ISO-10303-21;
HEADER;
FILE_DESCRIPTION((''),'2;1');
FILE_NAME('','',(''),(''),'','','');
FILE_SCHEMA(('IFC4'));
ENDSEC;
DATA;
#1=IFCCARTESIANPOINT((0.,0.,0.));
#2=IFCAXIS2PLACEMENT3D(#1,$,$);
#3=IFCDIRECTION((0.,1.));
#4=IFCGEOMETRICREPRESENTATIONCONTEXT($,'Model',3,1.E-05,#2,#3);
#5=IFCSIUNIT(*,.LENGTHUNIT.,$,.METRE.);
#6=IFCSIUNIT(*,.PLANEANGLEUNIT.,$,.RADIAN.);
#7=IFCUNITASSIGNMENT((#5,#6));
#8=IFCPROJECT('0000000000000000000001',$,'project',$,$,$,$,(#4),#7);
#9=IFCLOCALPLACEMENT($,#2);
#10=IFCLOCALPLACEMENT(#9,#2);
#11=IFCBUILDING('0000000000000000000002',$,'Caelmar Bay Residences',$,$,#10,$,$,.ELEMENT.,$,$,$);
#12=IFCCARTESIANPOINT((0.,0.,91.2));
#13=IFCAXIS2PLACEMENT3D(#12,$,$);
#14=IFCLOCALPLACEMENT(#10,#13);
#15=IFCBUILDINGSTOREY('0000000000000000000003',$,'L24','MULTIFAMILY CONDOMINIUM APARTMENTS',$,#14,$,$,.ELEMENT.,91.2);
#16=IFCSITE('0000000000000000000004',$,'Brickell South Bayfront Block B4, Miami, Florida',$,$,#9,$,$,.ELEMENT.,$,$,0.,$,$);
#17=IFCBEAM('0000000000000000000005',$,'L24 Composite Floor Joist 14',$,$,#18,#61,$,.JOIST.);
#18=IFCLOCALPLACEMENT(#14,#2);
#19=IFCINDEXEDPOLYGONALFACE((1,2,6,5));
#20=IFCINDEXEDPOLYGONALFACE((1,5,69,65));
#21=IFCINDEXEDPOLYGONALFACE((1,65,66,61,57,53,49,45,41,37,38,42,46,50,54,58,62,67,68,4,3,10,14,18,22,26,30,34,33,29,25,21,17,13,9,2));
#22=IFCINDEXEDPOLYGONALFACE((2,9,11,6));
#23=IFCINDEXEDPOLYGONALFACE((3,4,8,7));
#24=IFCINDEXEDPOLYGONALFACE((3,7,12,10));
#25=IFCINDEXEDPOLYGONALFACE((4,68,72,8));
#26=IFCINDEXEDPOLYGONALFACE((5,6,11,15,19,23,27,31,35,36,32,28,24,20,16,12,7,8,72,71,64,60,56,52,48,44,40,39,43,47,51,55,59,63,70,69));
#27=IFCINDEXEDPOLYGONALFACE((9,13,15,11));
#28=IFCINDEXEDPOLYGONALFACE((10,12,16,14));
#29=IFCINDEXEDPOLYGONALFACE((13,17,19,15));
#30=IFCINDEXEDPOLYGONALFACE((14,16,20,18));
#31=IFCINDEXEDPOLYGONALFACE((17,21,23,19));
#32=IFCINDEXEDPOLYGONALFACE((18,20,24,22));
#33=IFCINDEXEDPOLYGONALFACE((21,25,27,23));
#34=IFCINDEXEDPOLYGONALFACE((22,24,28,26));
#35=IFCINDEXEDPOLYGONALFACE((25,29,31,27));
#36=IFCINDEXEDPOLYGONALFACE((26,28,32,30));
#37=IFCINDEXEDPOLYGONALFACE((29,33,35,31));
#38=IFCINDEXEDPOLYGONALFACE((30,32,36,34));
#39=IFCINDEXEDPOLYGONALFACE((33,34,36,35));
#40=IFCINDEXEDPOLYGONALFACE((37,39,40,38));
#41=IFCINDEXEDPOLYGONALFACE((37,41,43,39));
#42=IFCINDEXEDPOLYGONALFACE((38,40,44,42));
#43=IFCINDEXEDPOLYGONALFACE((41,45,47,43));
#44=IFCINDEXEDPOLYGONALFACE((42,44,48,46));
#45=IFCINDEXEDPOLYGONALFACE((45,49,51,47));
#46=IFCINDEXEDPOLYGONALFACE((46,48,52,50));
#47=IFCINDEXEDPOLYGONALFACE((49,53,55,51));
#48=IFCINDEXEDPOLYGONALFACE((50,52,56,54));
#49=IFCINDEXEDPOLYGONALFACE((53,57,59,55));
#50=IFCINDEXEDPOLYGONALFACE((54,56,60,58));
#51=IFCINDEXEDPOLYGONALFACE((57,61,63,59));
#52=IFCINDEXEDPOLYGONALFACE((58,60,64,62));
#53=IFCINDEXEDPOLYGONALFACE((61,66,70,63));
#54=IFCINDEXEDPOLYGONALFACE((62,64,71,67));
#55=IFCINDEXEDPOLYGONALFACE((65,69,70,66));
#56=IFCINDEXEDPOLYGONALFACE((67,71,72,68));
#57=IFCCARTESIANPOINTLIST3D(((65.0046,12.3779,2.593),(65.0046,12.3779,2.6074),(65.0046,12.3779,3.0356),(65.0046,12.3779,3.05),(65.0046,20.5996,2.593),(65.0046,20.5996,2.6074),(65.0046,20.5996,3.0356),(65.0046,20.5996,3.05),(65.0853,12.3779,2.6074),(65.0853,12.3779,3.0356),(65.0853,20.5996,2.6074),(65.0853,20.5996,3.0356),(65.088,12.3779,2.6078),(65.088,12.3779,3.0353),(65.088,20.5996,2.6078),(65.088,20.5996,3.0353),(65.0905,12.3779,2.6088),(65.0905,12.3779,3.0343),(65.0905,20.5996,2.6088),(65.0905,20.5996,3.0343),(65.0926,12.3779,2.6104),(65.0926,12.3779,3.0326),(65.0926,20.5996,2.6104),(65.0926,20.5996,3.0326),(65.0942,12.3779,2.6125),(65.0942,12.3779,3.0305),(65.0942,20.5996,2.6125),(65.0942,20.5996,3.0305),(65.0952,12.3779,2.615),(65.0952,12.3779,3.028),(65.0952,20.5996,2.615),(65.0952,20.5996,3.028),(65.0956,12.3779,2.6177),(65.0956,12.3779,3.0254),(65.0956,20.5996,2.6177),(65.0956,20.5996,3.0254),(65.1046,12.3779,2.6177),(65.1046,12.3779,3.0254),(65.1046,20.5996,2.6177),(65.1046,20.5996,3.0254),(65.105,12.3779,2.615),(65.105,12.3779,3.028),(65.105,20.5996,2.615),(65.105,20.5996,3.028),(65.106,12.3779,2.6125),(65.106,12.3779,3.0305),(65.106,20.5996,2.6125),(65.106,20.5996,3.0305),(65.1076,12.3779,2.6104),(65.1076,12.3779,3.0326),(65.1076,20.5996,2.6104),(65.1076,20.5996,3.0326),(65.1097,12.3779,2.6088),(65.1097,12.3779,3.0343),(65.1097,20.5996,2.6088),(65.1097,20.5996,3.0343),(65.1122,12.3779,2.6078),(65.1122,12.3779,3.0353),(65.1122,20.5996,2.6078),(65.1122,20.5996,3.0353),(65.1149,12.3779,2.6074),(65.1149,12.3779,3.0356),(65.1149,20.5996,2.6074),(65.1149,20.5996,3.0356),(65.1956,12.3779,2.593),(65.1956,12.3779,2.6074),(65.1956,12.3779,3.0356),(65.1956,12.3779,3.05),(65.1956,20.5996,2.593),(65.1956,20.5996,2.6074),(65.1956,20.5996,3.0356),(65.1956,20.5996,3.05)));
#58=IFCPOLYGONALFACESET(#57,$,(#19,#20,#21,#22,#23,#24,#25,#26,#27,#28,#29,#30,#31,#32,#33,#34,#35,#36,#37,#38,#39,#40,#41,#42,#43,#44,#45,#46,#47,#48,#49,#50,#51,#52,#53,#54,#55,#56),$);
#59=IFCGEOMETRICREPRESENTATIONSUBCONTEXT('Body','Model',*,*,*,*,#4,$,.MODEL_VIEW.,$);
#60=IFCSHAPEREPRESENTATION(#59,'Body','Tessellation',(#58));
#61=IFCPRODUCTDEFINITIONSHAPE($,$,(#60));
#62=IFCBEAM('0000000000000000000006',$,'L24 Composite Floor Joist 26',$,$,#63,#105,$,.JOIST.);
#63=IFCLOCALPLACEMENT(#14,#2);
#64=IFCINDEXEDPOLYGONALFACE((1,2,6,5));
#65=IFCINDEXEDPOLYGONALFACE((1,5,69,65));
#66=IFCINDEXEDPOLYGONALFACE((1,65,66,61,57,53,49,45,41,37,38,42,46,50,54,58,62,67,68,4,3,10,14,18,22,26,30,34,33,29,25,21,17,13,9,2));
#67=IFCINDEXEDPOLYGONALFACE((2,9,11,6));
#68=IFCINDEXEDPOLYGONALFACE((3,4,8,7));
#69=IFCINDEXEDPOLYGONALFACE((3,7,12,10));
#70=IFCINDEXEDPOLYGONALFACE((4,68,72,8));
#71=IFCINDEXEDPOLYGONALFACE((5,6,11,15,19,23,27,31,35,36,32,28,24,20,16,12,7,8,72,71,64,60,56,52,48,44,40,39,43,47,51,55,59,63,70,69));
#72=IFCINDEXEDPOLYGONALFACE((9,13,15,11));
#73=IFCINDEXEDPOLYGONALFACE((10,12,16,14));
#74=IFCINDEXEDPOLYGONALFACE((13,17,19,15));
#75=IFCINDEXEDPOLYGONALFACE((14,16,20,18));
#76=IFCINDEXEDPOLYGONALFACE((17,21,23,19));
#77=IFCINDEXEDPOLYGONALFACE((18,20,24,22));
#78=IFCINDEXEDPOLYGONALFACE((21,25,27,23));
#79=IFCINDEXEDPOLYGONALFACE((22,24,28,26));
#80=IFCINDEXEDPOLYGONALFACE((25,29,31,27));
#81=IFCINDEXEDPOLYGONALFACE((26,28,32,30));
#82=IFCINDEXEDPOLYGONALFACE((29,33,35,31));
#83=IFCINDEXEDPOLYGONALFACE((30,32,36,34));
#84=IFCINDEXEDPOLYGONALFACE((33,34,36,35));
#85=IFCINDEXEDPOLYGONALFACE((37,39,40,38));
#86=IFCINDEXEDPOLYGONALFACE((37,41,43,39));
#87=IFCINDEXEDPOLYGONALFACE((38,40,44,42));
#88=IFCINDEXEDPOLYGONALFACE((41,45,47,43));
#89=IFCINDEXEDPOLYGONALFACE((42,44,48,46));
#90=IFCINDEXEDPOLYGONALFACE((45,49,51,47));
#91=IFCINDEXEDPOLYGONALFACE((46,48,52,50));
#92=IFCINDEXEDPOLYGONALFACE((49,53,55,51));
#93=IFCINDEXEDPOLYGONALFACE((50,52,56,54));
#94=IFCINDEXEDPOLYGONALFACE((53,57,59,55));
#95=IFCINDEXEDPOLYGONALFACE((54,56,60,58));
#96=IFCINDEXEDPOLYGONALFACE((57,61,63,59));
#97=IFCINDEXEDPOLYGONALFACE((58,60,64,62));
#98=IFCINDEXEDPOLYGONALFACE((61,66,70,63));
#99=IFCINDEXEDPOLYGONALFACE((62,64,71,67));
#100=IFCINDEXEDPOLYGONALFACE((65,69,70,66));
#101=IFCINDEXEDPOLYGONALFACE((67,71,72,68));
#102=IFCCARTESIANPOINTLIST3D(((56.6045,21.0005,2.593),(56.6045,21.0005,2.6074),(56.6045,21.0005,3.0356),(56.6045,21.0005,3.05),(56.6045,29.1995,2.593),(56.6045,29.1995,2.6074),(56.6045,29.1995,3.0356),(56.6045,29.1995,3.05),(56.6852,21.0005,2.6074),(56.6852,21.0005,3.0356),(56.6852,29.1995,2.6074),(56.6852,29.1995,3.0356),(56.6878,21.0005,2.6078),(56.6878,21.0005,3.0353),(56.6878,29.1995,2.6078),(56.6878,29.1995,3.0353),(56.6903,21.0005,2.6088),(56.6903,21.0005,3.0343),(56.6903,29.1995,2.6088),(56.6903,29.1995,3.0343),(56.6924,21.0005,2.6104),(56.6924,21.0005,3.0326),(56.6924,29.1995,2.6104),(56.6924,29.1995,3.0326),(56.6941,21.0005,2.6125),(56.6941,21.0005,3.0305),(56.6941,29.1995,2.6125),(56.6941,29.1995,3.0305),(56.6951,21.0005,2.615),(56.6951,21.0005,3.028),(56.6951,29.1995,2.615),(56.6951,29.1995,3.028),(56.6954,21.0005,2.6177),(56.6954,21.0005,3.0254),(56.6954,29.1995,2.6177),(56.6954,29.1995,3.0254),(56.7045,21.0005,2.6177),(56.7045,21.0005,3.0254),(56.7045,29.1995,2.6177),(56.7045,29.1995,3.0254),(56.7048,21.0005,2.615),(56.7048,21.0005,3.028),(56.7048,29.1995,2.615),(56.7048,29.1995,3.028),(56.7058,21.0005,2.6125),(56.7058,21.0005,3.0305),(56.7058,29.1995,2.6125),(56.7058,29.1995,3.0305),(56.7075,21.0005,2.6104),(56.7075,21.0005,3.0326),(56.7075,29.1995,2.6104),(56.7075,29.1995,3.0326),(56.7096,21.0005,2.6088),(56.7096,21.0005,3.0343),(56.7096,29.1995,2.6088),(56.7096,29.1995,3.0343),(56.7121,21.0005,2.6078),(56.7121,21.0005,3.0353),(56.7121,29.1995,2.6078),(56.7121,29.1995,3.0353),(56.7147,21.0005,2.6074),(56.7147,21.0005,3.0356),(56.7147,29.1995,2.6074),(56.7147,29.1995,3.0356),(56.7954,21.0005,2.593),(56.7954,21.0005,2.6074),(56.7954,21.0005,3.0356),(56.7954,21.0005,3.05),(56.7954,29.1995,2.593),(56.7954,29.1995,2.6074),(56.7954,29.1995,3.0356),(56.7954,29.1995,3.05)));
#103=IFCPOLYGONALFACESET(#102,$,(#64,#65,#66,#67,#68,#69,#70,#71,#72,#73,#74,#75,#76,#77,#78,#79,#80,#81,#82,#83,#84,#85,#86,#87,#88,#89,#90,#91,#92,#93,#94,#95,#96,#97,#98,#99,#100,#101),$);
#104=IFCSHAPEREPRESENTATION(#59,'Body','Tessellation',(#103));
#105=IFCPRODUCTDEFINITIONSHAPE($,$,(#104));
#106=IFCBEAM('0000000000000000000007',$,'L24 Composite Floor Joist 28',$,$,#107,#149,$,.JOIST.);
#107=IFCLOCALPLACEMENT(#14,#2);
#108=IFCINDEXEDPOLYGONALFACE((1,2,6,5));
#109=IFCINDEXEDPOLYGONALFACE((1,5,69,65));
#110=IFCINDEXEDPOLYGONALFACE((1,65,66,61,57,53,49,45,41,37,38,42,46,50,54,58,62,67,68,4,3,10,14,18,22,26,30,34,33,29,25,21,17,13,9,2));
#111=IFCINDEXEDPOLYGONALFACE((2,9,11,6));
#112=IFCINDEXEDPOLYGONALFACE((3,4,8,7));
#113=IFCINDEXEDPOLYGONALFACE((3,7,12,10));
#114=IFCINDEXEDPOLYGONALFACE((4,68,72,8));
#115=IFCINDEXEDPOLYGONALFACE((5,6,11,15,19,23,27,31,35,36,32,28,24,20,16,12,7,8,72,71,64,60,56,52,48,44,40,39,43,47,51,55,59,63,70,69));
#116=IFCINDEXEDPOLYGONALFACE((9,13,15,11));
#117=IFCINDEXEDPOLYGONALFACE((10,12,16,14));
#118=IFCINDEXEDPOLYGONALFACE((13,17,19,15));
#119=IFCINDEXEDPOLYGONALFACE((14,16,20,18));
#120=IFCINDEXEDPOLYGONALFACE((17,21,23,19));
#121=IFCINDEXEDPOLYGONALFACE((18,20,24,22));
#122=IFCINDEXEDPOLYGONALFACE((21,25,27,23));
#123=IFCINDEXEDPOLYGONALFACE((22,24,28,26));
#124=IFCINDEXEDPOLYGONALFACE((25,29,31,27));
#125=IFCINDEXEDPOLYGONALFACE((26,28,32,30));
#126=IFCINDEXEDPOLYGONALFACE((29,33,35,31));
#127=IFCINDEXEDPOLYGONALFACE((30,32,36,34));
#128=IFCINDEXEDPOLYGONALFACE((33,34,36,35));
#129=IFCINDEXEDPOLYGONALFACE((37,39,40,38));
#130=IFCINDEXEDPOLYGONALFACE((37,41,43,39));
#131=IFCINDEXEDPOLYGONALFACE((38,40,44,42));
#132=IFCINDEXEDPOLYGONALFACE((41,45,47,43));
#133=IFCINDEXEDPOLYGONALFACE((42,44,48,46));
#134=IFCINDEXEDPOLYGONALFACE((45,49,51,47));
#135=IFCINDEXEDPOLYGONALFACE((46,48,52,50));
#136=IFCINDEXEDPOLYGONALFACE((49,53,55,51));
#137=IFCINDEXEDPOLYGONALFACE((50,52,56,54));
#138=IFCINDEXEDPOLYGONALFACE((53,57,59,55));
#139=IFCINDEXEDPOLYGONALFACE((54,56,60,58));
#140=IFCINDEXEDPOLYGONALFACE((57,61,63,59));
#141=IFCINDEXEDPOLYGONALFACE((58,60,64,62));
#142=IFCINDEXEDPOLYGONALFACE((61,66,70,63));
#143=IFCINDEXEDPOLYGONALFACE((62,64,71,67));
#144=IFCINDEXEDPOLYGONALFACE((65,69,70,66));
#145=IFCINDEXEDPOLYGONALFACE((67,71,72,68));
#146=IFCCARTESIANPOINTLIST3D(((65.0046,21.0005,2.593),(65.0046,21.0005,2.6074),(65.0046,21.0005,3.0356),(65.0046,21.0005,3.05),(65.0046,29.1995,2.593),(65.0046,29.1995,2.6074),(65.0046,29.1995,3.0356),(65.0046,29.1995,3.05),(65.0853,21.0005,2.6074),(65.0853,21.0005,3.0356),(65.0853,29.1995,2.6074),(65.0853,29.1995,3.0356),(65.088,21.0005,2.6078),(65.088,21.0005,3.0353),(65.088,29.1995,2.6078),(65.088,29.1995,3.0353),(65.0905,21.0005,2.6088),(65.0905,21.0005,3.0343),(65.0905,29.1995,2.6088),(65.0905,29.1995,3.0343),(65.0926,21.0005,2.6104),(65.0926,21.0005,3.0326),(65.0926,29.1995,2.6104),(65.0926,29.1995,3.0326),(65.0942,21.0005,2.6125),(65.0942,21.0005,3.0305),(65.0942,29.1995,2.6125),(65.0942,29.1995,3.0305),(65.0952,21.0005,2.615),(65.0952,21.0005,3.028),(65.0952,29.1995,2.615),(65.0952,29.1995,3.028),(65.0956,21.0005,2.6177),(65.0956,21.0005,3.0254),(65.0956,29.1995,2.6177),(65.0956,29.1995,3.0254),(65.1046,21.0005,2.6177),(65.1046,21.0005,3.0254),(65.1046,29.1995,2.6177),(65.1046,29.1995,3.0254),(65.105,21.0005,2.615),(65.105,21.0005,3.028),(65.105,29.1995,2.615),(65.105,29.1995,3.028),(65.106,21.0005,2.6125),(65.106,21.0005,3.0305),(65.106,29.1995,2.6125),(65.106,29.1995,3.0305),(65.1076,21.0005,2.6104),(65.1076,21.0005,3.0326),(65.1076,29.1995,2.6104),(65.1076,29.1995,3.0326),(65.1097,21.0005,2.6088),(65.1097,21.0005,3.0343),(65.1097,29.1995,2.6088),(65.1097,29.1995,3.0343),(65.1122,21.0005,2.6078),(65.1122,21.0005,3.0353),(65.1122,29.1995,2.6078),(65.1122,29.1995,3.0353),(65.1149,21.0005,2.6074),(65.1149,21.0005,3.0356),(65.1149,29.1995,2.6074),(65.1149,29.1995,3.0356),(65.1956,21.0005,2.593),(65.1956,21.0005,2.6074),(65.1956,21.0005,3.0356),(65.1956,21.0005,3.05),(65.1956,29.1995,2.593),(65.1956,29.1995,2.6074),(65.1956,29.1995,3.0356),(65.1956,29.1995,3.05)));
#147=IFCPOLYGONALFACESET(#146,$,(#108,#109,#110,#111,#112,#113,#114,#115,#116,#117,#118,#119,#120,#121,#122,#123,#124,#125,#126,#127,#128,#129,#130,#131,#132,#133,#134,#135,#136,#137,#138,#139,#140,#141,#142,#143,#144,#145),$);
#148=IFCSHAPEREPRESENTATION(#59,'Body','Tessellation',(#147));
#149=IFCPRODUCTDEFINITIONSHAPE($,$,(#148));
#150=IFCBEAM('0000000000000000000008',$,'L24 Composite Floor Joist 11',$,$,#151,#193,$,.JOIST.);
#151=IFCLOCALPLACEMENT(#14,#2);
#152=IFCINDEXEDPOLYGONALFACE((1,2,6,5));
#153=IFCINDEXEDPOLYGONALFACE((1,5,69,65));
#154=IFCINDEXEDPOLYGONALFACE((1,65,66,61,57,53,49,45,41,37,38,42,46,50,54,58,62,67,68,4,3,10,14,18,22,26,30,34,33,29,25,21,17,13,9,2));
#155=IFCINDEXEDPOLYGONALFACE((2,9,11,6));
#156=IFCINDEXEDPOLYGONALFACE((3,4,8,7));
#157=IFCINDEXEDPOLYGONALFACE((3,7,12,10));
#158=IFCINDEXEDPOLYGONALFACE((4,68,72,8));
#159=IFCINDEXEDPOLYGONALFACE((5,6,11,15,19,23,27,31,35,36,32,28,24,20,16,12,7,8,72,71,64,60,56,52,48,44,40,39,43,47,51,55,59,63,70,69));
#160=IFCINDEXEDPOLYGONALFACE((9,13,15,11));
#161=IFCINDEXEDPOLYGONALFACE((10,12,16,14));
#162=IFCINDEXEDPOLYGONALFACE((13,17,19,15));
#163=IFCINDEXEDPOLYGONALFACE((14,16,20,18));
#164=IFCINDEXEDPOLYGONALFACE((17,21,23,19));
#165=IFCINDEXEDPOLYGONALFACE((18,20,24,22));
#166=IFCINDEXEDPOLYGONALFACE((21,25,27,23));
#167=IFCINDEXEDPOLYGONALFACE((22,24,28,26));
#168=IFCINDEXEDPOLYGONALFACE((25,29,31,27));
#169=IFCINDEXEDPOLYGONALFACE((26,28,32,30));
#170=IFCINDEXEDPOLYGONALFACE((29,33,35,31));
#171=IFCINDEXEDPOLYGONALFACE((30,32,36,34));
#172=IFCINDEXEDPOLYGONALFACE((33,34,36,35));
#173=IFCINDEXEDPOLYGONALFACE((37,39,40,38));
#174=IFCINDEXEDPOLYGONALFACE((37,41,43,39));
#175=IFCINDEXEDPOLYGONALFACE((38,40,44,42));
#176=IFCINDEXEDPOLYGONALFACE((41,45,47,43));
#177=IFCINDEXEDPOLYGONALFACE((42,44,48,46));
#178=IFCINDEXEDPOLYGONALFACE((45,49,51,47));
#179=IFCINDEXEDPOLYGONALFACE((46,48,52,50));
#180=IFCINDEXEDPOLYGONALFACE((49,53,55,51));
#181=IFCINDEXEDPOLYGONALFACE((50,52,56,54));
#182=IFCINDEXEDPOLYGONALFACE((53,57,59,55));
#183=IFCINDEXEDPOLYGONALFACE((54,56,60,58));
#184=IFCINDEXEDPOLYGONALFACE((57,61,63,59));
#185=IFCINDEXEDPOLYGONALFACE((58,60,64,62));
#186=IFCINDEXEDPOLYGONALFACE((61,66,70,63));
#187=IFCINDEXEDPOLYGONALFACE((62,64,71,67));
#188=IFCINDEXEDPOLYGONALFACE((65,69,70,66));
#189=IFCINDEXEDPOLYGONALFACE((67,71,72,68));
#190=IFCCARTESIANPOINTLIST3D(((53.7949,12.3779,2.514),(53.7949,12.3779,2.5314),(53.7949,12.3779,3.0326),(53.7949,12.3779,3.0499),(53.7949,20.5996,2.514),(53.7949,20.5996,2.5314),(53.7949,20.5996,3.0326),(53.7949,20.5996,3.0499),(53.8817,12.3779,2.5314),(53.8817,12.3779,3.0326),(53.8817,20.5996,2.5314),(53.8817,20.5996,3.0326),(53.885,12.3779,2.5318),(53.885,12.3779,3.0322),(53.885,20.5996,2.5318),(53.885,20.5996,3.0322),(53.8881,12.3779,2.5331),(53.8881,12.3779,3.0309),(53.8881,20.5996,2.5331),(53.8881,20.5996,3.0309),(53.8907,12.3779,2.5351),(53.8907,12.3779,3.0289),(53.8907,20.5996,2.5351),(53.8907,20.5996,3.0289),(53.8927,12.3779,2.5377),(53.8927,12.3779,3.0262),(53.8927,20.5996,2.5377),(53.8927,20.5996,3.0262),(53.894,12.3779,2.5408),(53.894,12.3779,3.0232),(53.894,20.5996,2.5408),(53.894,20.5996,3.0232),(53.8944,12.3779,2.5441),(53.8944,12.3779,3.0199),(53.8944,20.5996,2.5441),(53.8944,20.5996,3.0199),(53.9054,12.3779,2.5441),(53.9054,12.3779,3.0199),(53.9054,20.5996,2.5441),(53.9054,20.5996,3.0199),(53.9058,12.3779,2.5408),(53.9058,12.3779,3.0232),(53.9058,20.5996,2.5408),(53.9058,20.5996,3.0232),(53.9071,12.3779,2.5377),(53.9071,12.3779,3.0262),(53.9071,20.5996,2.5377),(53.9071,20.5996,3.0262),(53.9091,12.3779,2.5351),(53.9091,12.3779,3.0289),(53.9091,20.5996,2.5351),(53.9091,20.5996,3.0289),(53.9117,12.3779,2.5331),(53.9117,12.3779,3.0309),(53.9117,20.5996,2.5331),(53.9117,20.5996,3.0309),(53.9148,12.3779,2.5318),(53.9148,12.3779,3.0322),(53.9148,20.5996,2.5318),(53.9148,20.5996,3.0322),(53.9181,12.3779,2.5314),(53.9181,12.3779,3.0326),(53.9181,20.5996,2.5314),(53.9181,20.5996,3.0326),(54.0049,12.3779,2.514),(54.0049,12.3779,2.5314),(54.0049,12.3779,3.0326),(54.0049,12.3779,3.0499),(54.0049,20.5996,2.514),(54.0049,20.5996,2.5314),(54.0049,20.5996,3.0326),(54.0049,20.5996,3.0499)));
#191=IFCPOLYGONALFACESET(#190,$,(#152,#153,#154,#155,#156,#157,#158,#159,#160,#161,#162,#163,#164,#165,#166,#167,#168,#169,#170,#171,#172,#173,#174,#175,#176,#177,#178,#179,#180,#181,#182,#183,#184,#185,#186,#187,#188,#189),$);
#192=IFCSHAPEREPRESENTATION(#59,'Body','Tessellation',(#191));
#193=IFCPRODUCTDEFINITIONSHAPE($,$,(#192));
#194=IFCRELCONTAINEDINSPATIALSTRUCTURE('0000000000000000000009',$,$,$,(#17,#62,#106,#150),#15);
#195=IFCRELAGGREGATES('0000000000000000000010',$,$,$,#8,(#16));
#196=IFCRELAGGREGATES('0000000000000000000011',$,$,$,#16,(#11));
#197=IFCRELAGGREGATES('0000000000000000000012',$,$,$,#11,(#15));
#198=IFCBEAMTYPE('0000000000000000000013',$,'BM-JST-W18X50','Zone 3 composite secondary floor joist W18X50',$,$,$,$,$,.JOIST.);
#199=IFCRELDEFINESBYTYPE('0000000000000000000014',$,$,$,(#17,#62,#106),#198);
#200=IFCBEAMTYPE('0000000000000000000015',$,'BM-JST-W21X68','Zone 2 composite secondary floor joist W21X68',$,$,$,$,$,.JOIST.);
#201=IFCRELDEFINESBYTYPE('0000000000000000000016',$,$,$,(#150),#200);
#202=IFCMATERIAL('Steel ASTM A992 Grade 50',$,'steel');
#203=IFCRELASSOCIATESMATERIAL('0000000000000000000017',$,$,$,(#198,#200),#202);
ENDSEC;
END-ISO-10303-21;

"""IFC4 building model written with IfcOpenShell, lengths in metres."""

from ifc_helpers import new_model, si_unit, direction, frame, origin, origin_2d, place, context, subcontext, project, spatial, i_section, extrude, material, material_profile, profile_set, type_object, element, save


model = new_model("IFC4")

# Units and contexts
model_context = context("Model", 3, precision=1e-05, world=origin(), true_north=direction((0.0, 1.0)))
body_context = subcontext(model_context, "Body", "Model", "MODEL_VIEW")
ifc_project = project(units=[si_unit("LENGTHUNIT", "METRE"), si_unit("PLANEANGLEUNIT", "RADIAN")], contexts=[model_context])

# Site, building, storey
site_placement = place(None, origin())
site = spatial("IfcSite", under=ifc_project, at=site_placement, Name="Brickell South Bayfront Block B4, Miami, Florida", CompositionType="ELEMENT", RefElevation=0.0)
building_placement = place(site_placement, origin())
building = spatial("IfcBuilding", under=site, at=building_placement, Name="Caelmar Bay Residences", CompositionType="ELEMENT")
storey_placement = place(building_placement, frame((0.0, 0.0, 91.2)))
storey = spatial("IfcBuildingStorey", under=building, at=storey_placement, Name="L24", Description="MULTIFAMILY CONDOMINIUM APARTMENTS", CompositionType="ELEMENT", Elevation=91.2)

# Beams
ifc_material_1 = material(Name="Steel ASTM A992 Grade 50", Category="steel")
ifc_material_profile_1 = material_profile(ifc_material_1, i_section(OverallWidth=0.1909, OverallDepth=0.457, WebThickness=0.009, FlangeThickness=0.0144, FilletRadius=0.0103, at=origin_2d()), Name="W18X50")
ifc_profile_set_1 = profile_set([ifc_material_profile_1], Name="Steel ASTM A992 Grade 50")
beam_type_1 = type_object("IfcBeamType", Name="BM-JST-W18X50", Description="Zone 3 composite secondary floor joist W18X50", PredefinedType="JOIST", material=ifc_profile_set_1)
for number, where, z_axis, x_axis, name in (
    (1, (65.1001, 12.3779, 2.8215), (0.0, 1.0, 0.0), (-1.0, 0.0, 0.0), "L24 Composite Floor Joist 14"),
):
    element("IfcBeam", number, at=place(storey_placement, frame(where, z_axis=z_axis, x_axis=x_axis)), inside=storey, type_object=beam_type_1, Name=name, PredefinedType="JOIST", context=body_context, shape_type="SweptSolid", body=[
        extrude(i_section(OverallWidth=0.1909, OverallDepth=0.457, WebThickness=0.009, FlangeThickness=0.0144, FilletRadius=0.0103, at=origin_2d()), origin(), (0.0, 0.0, 1.0), 8.2217),
    ])
for number, where, z_axis, x_axis, name in (
    (2, (56.7, 21.0005, 2.8215), (0.0, 1.0, 0.0), (-1.0, 0.0, 0.0), "L24 Composite Floor Joist 26"),
    (3, (65.1001, 21.0005, 2.8215), (0.0, 1.0, 0.0), (-1.0, 0.0, 0.0), "L24 Composite Floor Joist 28"),
):
    element("IfcBeam", number, at=place(storey_placement, frame(where, z_axis=z_axis, x_axis=x_axis)), inside=storey, type_object=beam_type_1, Name=name, PredefinedType="JOIST", context=body_context, shape_type="SweptSolid", body=[
        extrude(i_section(OverallWidth=0.1909, OverallDepth=0.457, WebThickness=0.009, FlangeThickness=0.0144, FilletRadius=0.0103, at=origin_2d()), origin(), (0.0, 0.0, 1.0), 8.199),
    ])
ifc_material_profile_2 = material_profile(ifc_material_1, i_section(OverallWidth=0.21, OverallDepth=0.5359, WebThickness=0.011, FlangeThickness=0.0173, FilletRadius=0.0127, at=origin_2d()), Name="W21X68")
ifc_profile_set_2 = profile_set([ifc_material_profile_2], Name="Steel ASTM A992 Grade 50")
beam_type_2 = type_object("IfcBeamType", Name="BM-JST-W21X68", Description="Zone 2 composite secondary floor joist W21X68", PredefinedType="JOIST", material=ifc_profile_set_2)
for number, where, z_axis, x_axis, name in (
    (4, (53.8999, 12.3779, 2.782), (0.0, 1.0, 0.0), (-1.0, 0.0, 0.0), "L24 Composite Floor Joist 11"),
):
    element("IfcBeam", number, at=place(storey_placement, frame(where, z_axis=z_axis, x_axis=x_axis)), inside=storey, type_object=beam_type_2, Name=name, PredefinedType="JOIST", context=body_context, shape_type="SweptSolid", body=[
        extrude(i_section(OverallWidth=0.21, OverallDepth=0.5359, WebThickness=0.011, FlangeThickness=0.0173, FilletRadius=0.0127, at=origin_2d()), origin(), (0.0, 0.0, 1.0), 8.2217),
    ])

save(model, "model.ifc")
